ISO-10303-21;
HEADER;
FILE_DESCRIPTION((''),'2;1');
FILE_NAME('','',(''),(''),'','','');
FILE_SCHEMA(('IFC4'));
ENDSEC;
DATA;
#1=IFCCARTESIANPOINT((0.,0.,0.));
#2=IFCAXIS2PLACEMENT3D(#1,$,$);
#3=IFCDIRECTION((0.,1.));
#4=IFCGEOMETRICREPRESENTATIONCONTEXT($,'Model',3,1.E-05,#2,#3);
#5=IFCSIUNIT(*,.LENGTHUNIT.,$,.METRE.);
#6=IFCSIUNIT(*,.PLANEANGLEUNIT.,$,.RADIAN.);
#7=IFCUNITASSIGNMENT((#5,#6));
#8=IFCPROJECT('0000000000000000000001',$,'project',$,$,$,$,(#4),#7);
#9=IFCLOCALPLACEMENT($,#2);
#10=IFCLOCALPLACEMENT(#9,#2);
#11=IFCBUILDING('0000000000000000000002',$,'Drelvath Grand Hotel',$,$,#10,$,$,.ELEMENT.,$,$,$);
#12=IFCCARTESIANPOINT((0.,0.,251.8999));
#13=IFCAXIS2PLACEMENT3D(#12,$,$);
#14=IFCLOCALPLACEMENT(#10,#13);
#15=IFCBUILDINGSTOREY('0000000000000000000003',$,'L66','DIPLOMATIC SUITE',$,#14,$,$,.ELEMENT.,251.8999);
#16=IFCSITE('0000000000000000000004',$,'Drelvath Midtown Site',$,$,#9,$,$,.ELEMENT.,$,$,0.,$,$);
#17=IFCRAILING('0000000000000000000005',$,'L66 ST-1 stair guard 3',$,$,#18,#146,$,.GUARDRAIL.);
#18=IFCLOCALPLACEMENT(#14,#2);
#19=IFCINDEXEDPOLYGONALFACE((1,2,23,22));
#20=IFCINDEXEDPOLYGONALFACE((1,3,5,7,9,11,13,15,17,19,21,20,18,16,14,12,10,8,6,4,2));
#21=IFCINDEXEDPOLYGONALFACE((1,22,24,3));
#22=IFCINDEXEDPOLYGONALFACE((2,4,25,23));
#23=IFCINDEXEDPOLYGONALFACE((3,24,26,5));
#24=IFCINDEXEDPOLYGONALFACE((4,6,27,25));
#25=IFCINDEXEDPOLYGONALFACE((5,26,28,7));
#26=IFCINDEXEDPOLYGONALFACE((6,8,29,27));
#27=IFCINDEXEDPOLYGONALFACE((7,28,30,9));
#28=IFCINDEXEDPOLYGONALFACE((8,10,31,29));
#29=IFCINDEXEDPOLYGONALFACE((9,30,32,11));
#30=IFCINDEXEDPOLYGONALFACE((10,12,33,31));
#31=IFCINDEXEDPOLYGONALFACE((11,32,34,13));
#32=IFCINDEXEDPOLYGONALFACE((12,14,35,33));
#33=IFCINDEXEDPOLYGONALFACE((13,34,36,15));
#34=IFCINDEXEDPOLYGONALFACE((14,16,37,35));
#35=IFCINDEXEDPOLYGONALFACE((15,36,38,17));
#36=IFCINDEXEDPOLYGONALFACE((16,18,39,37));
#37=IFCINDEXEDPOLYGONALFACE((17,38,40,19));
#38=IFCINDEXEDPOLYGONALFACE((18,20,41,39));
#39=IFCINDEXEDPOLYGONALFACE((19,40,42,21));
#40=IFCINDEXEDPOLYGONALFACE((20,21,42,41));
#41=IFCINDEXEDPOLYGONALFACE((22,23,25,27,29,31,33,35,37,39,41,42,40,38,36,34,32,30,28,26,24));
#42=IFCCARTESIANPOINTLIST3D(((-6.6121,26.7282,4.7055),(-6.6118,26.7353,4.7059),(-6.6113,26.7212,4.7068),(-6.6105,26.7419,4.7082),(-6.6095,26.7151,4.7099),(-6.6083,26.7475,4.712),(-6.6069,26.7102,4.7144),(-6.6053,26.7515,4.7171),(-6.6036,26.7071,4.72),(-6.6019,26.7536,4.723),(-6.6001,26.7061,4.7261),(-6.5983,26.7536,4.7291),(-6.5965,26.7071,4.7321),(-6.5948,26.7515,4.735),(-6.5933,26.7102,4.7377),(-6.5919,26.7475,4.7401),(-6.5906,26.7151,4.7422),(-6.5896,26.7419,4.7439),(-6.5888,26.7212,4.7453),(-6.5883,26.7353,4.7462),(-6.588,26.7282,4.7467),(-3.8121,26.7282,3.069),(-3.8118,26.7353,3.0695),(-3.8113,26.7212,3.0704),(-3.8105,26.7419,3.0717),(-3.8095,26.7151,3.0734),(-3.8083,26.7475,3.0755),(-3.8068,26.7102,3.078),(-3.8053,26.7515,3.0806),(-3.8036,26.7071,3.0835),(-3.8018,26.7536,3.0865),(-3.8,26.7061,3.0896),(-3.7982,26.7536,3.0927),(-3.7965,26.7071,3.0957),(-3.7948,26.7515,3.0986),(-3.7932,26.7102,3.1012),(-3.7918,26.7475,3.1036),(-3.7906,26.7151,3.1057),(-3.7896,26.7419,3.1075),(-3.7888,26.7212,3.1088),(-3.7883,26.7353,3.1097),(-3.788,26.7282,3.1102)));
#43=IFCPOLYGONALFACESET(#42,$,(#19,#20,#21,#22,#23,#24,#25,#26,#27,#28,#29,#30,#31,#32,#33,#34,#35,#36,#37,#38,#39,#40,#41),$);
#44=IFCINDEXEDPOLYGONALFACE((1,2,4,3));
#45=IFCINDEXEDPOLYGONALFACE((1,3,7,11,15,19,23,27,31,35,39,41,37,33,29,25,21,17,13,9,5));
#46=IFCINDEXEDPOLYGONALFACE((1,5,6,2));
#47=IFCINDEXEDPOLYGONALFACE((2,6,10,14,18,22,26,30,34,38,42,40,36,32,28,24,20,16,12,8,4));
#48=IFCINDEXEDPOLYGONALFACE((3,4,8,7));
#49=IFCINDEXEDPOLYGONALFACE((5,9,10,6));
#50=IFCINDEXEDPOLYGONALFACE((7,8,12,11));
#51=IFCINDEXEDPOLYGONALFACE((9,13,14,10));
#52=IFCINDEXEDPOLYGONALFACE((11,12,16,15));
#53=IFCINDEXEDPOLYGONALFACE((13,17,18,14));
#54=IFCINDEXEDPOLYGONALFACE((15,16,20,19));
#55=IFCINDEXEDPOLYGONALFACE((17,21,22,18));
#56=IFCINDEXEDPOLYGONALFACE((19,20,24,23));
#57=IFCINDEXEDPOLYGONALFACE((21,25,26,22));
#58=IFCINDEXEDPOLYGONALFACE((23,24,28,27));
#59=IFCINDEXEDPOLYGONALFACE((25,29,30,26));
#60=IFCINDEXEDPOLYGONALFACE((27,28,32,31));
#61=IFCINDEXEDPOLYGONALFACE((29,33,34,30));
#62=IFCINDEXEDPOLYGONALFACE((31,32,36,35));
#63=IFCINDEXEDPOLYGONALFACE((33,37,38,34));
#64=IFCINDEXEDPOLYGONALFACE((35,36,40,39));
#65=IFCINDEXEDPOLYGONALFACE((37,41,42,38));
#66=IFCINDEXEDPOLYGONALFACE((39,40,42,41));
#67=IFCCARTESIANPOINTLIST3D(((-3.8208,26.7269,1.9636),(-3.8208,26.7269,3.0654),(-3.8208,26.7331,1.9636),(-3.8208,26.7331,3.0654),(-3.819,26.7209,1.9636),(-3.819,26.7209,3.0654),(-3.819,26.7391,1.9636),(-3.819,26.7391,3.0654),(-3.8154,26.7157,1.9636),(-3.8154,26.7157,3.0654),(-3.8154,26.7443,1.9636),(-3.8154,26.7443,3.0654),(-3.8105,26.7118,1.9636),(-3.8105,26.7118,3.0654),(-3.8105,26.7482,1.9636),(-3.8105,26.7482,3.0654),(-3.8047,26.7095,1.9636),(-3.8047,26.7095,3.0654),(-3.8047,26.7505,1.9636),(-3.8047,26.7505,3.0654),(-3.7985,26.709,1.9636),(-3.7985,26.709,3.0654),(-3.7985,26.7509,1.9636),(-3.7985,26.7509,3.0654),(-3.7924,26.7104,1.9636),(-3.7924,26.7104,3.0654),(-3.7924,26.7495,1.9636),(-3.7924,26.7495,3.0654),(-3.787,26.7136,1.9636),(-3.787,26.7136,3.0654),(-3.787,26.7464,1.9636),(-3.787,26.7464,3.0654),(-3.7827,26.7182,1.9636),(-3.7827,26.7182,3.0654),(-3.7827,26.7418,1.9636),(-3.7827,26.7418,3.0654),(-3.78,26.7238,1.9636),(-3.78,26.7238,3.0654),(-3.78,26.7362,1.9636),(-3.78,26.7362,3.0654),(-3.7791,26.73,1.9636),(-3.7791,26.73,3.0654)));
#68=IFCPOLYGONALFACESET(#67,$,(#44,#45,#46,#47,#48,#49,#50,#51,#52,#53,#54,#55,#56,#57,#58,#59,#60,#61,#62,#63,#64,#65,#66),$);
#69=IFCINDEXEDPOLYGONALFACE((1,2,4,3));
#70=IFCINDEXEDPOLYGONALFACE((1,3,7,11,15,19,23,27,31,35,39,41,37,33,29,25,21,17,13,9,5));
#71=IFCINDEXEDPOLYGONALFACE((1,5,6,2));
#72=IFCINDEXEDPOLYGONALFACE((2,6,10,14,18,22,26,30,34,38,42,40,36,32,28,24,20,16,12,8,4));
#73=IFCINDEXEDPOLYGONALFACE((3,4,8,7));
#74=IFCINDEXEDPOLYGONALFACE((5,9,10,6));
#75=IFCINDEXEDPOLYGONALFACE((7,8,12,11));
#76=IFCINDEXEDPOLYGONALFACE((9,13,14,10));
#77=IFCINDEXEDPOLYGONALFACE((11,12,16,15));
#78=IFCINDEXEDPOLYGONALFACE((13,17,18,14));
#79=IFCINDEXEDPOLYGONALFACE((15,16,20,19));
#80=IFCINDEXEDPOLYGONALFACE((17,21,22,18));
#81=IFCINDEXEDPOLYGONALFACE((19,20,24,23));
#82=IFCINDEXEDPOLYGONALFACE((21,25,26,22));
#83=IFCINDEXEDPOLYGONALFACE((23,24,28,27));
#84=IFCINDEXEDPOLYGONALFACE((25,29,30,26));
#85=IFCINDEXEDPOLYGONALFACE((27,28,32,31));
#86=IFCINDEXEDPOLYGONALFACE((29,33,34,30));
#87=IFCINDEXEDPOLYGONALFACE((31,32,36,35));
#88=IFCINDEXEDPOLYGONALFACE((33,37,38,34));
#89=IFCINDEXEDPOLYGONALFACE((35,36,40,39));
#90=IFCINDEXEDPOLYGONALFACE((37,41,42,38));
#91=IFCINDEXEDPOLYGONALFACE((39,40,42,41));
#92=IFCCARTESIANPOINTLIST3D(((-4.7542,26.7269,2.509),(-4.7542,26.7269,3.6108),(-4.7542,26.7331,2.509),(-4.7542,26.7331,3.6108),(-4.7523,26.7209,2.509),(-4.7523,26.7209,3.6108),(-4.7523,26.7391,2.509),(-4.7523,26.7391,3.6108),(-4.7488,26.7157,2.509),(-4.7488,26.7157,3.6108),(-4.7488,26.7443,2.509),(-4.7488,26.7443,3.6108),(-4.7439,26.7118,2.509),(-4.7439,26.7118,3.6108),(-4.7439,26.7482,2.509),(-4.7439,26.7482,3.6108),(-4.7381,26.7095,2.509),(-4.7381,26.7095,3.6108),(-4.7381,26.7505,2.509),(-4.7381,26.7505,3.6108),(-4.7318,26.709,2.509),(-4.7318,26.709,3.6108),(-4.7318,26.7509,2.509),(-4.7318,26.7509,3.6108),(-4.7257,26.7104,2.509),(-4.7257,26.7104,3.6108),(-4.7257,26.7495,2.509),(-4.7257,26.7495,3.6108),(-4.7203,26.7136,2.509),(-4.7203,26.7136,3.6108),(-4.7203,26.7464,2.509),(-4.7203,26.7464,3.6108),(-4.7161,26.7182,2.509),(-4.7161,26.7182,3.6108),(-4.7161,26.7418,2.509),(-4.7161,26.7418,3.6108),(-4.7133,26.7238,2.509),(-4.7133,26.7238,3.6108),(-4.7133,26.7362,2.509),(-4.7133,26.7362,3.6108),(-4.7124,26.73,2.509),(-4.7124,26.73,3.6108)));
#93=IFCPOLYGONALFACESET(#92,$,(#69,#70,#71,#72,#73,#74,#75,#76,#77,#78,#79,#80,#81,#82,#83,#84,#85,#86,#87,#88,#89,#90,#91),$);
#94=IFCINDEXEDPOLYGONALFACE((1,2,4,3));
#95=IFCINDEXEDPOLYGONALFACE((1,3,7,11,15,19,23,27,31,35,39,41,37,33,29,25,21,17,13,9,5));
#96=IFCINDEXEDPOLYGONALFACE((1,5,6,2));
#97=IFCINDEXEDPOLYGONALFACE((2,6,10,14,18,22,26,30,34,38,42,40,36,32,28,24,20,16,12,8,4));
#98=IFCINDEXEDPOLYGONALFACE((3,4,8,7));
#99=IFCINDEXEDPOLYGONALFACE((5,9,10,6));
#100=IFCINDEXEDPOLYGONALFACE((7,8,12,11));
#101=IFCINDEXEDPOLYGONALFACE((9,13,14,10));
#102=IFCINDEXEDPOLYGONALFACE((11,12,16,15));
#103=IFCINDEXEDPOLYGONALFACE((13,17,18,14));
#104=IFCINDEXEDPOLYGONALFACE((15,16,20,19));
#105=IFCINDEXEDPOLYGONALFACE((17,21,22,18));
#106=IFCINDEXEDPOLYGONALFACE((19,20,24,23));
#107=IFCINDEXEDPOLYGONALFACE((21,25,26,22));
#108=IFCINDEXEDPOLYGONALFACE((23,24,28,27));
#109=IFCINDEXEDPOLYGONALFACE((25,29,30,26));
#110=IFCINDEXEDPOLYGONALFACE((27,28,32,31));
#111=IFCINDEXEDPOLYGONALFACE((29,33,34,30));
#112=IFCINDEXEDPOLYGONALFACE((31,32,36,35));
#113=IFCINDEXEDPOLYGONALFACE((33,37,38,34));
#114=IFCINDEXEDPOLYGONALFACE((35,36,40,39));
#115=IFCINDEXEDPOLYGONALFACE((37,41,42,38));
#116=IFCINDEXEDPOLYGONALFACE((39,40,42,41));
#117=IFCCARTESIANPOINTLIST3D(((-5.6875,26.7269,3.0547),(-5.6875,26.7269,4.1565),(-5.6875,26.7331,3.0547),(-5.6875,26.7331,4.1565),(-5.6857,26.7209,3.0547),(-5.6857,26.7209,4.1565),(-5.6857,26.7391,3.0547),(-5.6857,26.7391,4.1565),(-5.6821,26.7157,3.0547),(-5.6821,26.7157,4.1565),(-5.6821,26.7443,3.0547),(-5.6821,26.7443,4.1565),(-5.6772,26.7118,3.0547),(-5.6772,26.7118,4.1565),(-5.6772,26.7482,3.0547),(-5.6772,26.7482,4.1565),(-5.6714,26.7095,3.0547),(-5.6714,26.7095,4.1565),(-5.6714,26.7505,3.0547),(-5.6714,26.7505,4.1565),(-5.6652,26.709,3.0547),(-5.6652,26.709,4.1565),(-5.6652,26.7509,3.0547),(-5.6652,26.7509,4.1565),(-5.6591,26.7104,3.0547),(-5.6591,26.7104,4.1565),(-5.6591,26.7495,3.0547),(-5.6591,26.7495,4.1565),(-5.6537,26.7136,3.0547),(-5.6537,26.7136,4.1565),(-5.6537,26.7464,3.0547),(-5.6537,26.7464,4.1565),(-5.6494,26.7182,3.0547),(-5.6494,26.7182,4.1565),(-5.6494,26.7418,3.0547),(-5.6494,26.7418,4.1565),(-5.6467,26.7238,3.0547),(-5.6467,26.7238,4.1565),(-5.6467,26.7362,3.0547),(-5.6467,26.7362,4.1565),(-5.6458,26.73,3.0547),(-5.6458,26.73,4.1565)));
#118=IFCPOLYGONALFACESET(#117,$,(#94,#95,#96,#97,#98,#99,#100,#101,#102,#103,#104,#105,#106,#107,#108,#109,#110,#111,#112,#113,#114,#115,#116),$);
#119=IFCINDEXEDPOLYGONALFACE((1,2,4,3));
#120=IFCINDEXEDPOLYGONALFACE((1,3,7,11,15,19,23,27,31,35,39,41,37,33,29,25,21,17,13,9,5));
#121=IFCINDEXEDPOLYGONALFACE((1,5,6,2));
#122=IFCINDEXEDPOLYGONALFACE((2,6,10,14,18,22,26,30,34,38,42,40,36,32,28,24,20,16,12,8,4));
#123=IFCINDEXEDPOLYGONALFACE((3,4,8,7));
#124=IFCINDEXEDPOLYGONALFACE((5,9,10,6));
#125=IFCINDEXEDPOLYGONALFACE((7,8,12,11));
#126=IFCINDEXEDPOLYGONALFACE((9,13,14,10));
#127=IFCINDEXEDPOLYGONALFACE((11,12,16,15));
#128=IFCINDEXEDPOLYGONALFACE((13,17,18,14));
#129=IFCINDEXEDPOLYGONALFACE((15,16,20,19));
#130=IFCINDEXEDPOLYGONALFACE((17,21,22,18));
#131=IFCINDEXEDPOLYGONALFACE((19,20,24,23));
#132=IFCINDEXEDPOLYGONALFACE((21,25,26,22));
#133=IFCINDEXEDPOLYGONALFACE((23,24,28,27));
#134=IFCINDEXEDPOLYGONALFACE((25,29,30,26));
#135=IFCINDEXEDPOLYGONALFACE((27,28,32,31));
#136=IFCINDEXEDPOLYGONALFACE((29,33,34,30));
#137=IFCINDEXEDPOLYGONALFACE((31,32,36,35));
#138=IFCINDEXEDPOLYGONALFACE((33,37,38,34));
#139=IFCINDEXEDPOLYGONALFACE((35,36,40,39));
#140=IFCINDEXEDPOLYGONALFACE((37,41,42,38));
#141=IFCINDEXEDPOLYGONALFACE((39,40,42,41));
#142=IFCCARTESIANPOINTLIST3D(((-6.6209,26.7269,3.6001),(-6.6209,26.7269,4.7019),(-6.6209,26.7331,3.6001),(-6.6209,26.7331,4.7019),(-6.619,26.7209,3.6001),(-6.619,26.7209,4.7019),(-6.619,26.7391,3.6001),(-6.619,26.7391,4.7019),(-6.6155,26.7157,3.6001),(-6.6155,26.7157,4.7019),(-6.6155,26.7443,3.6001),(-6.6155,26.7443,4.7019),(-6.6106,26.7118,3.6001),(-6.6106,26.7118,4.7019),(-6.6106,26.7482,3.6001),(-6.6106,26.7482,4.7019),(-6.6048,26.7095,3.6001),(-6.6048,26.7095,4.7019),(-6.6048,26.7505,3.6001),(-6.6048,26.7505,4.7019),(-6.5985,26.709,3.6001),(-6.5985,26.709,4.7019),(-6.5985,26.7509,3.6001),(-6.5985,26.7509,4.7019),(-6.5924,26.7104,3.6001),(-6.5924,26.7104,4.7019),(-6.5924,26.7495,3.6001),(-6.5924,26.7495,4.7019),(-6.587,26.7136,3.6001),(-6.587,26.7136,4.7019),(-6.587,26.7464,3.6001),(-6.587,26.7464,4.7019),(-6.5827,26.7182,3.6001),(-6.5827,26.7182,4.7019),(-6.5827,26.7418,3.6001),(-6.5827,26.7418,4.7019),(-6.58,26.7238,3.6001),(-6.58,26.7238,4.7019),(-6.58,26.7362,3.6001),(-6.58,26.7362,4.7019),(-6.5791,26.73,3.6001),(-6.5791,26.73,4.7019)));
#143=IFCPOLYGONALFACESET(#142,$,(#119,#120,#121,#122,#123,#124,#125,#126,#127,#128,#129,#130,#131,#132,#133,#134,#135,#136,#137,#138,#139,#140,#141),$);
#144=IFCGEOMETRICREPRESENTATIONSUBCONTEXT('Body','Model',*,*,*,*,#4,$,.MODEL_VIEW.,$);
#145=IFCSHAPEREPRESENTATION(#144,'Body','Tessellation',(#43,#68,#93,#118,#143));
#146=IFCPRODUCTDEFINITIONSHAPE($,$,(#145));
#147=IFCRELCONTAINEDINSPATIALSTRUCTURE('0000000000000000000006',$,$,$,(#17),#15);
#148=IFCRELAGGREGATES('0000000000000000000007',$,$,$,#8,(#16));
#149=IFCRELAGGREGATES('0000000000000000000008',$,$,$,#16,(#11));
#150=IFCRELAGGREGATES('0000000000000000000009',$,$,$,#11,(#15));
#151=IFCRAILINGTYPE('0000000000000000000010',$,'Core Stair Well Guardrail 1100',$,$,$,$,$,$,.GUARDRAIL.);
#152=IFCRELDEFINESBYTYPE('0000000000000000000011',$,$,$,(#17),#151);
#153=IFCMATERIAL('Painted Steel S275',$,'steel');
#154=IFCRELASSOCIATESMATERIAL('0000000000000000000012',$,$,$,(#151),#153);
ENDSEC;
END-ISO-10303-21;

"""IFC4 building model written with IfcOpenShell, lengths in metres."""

from ifc_helpers import new_model, si_unit, direction, frame, origin, origin_2d, place, context, subcontext, project, spatial, circle, extrude, material, type_object, element, save


model = new_model("IFC4")

# Units and contexts
model_context = context("Model", 3, precision=1e-05, world=origin(), true_north=direction((0.0, 1.0)))
body_context = subcontext(model_context, "Body", "Model", "MODEL_VIEW")
ifc_project = project(units=[si_unit("LENGTHUNIT", "METRE"), si_unit("PLANEANGLEUNIT", "RADIAN")], contexts=[model_context])

# Site, building, storey
site_placement = place(None, origin())
site = spatial("IfcSite", under=ifc_project, at=site_placement, Name="Drelvath Midtown Site", CompositionType="ELEMENT", RefElevation=0.0)
building_placement = place(site_placement, origin())
building = spatial("IfcBuilding", under=site, at=building_placement, Name="Drelvath Grand Hotel", CompositionType="ELEMENT")
storey_placement = place(building_placement, frame((0.0, 0.0, 251.8999)))
storey = spatial("IfcBuildingStorey", under=building, at=storey_placement, Name="L66", Description="DIPLOMATIC SUITE", CompositionType="ELEMENT", Elevation=251.8999)

# Shared definitions
ifc_material_1 = material(Name="Painted Steel S275", Category="steel")

# Railing
railing_type_1 = type_object("IfcRailingType", Name="Core Stair Well Guardrail 1100", PredefinedType="GUARDRAIL", material=ifc_material_1)
railing_1_placement = place(storey_placement, frame((-3.8, 26.73, 1.9636)))
element("IfcRailing", 1, at=railing_1_placement, inside=storey, type_object=railing_type_1, Name="L66 ST-1 stair guard 3", PredefinedType="GUARDRAIL", context=body_context, shape_type="SweptSolid", body=[
    extrude(circle(Radius=0.0239, at=origin_2d()), frame((0.0, 0.0, 1.126), z_axis=(-0.863361, 0.0, 0.504587), x_axis=(0.0, -1.0, 0.0)), (0.0, 0.0, 1.0), 3.2432),
    extrude(circle(Radius=0.021, at=origin_2d()), origin(), (0.0, 0.0, 1.0), 1.1018),
    extrude(circle(Radius=0.021, at=origin_2d()), frame((-0.9333, 0.0, 0.5454)), (0.0, 0.0, 1.0), 1.1018),
    extrude(circle(Radius=0.021, at=origin_2d()), frame((-1.8667, 0.0, 1.0911)), (0.0, 0.0, 1.0), 1.1018),
    extrude(circle(Radius=0.021, at=origin_2d()), frame((-2.8, 0.0, 1.6365)), (0.0, 0.0, 1.0), 1.1018),
])

save(model, "model.ifc")
